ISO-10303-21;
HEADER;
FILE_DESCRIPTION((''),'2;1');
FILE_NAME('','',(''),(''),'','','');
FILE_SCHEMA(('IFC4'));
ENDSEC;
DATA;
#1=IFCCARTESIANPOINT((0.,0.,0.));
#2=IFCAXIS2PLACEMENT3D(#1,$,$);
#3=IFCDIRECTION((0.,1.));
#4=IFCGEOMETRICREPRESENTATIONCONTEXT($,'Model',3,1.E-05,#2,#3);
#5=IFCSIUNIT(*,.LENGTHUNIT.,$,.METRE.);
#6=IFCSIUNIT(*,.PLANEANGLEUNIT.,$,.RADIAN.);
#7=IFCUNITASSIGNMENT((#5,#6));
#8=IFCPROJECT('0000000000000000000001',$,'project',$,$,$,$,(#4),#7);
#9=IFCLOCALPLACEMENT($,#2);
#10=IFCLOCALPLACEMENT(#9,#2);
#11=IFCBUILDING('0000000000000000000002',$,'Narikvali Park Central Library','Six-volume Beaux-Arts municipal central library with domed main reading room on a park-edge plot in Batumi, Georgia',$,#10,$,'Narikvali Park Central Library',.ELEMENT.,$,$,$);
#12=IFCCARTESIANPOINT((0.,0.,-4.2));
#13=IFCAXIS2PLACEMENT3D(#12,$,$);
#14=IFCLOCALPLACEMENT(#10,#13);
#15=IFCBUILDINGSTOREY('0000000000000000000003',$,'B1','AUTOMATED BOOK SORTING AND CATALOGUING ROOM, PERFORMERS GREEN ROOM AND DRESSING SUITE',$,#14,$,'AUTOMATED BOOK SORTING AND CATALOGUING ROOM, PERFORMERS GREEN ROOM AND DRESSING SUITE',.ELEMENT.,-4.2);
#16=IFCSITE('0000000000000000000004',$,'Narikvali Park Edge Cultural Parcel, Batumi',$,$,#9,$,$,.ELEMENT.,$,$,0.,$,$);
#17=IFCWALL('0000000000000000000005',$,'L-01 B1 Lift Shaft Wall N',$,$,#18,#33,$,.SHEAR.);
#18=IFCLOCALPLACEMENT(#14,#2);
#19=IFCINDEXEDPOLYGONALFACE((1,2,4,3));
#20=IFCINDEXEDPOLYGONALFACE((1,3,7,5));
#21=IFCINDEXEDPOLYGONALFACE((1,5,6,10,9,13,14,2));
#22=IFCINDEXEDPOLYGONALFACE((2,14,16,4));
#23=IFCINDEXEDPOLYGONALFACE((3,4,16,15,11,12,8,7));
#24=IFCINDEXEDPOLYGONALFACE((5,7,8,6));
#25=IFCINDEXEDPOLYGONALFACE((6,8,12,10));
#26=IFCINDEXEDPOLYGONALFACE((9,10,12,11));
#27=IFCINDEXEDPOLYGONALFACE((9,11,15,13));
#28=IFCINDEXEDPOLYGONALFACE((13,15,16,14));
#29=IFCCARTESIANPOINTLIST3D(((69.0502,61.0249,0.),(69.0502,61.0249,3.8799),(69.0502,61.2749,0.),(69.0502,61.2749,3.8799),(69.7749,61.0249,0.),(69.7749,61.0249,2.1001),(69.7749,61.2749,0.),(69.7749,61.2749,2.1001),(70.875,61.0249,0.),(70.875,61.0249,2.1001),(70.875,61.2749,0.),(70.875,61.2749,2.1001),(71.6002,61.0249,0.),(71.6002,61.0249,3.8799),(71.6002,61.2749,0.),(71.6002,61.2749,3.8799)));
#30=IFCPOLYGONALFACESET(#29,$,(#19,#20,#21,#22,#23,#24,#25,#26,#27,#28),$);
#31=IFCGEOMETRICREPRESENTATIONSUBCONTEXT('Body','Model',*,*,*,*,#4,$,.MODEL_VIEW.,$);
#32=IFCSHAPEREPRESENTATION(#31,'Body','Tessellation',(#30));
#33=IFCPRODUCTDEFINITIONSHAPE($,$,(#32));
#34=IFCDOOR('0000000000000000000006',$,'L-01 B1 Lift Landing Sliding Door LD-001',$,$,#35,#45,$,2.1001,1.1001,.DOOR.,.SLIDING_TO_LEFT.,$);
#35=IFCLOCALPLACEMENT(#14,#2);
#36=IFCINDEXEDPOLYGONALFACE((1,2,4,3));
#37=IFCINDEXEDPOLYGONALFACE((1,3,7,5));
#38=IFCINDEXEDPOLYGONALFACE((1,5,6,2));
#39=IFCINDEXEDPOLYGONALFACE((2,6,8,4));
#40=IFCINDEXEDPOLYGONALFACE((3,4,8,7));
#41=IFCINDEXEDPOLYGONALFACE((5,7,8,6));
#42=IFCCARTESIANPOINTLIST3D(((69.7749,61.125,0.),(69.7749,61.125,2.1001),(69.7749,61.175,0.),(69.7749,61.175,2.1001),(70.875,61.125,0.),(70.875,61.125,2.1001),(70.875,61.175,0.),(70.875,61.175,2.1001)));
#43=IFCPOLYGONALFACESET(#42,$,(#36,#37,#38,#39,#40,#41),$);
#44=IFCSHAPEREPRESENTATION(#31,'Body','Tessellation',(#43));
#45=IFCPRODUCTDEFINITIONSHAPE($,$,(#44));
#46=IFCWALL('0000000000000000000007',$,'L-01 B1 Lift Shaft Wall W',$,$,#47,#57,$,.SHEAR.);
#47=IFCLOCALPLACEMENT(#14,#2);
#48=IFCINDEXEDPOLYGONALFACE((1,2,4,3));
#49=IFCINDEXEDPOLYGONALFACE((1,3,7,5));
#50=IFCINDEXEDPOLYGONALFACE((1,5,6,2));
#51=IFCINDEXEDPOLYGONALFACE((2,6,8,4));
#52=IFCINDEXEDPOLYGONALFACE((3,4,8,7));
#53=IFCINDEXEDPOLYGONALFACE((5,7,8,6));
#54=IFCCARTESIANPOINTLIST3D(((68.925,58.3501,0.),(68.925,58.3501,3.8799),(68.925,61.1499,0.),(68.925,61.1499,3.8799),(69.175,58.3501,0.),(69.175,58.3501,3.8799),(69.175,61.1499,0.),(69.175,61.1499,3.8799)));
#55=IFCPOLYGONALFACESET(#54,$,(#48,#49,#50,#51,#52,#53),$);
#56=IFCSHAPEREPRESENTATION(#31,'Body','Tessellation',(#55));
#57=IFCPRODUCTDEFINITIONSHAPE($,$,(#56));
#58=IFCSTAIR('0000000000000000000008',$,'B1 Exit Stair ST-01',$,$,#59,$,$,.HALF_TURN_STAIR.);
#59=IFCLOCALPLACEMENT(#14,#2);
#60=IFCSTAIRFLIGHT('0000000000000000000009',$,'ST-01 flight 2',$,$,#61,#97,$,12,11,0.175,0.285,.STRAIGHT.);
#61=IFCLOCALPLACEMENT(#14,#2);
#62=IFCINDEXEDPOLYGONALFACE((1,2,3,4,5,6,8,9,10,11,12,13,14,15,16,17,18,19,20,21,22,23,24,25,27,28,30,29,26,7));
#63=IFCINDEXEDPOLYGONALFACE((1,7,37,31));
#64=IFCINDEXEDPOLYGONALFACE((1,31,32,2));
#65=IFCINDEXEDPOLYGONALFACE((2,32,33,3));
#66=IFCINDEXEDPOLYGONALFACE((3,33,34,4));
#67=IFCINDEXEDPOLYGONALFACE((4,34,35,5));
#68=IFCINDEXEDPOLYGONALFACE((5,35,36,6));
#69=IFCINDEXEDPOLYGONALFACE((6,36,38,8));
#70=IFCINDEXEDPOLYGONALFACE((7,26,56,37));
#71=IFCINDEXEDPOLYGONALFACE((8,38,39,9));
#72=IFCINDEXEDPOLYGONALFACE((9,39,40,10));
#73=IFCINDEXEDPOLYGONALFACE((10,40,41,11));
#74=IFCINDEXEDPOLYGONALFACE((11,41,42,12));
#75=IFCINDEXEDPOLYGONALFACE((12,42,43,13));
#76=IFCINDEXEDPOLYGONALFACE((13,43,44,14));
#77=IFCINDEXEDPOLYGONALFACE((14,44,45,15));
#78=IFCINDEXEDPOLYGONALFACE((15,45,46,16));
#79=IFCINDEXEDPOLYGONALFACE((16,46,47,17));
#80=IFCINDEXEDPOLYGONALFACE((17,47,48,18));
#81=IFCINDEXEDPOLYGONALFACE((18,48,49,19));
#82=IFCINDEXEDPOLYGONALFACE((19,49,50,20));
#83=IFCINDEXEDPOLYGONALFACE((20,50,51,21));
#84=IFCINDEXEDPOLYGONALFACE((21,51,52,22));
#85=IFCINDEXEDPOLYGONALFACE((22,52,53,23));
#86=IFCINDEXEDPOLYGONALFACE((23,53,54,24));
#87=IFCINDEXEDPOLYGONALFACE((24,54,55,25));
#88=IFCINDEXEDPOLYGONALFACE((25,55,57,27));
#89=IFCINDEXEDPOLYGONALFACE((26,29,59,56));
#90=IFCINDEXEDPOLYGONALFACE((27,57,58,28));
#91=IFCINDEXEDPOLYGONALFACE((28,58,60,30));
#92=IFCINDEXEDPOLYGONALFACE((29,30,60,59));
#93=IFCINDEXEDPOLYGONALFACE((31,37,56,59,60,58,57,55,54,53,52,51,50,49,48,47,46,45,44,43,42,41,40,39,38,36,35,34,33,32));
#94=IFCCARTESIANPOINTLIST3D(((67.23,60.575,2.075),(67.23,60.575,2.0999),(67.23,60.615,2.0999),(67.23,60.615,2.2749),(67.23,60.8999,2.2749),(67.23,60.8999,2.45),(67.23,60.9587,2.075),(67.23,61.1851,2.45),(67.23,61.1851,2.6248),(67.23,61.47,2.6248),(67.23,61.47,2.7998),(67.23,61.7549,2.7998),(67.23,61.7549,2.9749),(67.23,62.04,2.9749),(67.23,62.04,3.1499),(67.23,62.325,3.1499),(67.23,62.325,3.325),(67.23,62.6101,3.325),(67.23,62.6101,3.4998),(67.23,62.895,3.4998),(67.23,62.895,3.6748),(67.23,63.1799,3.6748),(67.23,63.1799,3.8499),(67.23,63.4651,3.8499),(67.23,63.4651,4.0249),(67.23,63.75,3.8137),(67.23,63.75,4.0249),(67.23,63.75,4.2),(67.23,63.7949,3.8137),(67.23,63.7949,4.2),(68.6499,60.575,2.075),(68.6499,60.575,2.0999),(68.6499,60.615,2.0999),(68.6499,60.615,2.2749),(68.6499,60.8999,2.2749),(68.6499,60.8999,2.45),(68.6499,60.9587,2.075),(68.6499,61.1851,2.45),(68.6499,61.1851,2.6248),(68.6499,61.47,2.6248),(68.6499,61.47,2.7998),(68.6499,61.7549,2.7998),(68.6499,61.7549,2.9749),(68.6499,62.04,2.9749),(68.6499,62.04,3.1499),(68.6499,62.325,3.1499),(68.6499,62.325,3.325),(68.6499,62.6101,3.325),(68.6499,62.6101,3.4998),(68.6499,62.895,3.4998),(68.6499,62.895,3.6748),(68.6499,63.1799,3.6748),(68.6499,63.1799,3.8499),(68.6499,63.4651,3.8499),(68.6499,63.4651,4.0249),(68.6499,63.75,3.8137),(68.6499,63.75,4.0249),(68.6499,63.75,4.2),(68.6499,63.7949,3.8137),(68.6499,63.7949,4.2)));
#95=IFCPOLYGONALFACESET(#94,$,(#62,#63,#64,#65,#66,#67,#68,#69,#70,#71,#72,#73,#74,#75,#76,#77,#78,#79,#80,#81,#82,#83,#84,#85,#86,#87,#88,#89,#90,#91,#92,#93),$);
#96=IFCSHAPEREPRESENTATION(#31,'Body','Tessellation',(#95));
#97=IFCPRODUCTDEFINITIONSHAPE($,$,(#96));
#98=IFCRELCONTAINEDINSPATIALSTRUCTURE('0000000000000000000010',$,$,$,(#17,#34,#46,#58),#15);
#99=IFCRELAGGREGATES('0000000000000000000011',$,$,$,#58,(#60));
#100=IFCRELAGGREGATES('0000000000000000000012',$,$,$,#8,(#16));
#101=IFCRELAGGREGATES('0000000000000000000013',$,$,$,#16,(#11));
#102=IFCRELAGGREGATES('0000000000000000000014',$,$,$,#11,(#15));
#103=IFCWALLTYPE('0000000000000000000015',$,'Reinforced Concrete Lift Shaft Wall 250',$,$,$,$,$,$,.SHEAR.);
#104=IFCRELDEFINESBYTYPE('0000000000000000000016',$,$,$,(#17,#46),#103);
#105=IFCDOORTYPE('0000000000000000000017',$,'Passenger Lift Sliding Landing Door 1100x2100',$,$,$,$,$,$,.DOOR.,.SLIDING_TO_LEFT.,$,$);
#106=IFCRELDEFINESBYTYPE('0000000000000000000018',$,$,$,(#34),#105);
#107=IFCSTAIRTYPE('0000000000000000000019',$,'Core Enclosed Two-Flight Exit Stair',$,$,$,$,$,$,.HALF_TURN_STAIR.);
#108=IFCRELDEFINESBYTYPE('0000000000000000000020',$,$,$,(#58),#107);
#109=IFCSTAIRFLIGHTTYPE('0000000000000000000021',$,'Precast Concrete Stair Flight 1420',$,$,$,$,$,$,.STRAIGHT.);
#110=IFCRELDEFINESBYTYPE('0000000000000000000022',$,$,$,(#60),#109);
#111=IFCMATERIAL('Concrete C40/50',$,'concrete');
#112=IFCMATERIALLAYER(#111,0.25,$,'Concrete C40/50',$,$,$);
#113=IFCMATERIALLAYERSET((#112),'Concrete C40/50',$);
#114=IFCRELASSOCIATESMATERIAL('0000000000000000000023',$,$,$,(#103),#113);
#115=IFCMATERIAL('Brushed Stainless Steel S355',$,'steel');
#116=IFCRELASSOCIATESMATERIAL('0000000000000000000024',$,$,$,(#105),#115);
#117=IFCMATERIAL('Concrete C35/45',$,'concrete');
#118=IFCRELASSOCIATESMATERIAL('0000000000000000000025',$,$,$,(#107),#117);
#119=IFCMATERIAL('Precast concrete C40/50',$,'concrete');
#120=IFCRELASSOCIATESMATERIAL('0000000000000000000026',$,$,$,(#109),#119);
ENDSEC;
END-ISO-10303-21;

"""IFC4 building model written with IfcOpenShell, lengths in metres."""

from ifc_helpers import new_model, si_unit, direction, frame, frame_2d, origin, place, context, subcontext, project, spatial, polyline, rectangle, outline, extrude, material, layer, layer_set, type_object, element, fill, aggregate, save


model = new_model("IFC4")

# Units and contexts
model_context = context("Model", 3, precision=1e-05, world=origin(), true_north=direction((0.0, 1.0)))
body_context = subcontext(model_context, "Body", "Model", "MODEL_VIEW")
ifc_project = project(units=[si_unit("LENGTHUNIT", "METRE"), si_unit("PLANEANGLEUNIT", "RADIAN")], contexts=[model_context])

# Site, building, storey
site_placement = place(None, origin())
site = spatial("IfcSite", under=ifc_project, at=site_placement, Name="Narikvali Park Edge Cultural Parcel, Batumi", CompositionType="ELEMENT", RefElevation=0.0)
building_placement = place(site_placement, origin())
building = spatial("IfcBuilding", under=site, at=building_placement, Name="Narikvali Park Central Library", Description="Six-volume Beaux-Arts municipal central library with domed main reading room on a park-edge plot in Batumi, Georgia", LongName="Narikvali Park Central Library", CompositionType="ELEMENT")
storey_placement = place(building_placement, frame((0.0, 0.0, -4.2)))
storey = spatial("IfcBuildingStorey", under=building, at=storey_placement, Name="B1", Description="AUTOMATED BOOK SORTING AND CATALOGUING ROOM, PERFORMERS GREEN ROOM AND DRESSING SUITE", LongName="AUTOMATED BOOK SORTING AND CATALOGUING ROOM, PERFORMERS GREEN ROOM AND DRESSING SUITE", CompositionType="ELEMENT", Elevation=-4.2)

# Shared definitions
ifc_material_1 = material(Name="Concrete C35/45", Category="concrete")

# Shared definitions
ifc_material_2 = material(Name="Concrete C40/50", Category="concrete")

# Shared definitions
ifc_layer_1 = layer(ifc_material_2, 0.25, Name="Concrete C40/50")
ifc_layer_set_1 = layer_set([ifc_layer_1], Name="Concrete C40/50")
wall_type_1 = type_object("IfcWallType", Name="Reinforced Concrete Lift Shaft Wall 250", PredefinedType="SHEAR", material=ifc_layer_set_1)

# Wall, opening, door
wall_1_placement = place(storey_placement, frame((71.6001, 61.1499, 0.0), z_axis=(0.0, 0.0, 1.0), x_axis=(-1.0, 0.0, 0.0)))
wall_1 = element("IfcWall", 1, at=wall_1_placement, inside=storey, type_object=wall_type_1, Name="L-01 B1 Lift Shaft Wall N", PredefinedType="SHEAR", context=body_context, shape_type="SweptSolid", body=[
    extrude(rectangle(XDim=2.55, YDim=0.25, at=frame_2d((1.2749, 0.0))), origin(), (0.0, 0.0, 1.0), 3.8799),
])
opening_1_placement = place(wall_1_placement, frame((0.7251, 0.0, 0.0)))
opening_1 = element("IfcOpeningElement", 2, at=opening_1_placement, cuts=wall_1, PredefinedType="OPENING", context=body_context, shape_type="SweptSolid", body=[
    extrude(rectangle(XDim=1.1001, YDim=2.1001, at=frame_2d((0.55, 1.05))), frame((0.0, 0.137, 0.0), z_axis=(0.0, -1.0, 0.0), x_axis=(1.0, 0.0, 0.0)), (0.0, 0.0, 1.0), 0.2739),
])
ifc_material_3 = material(Name="Brushed Stainless Steel S355", Category="steel")
door_type_1 = type_object("IfcDoorType", Name="Passenger Lift Sliding Landing Door 1100x2100", OperationType="SLIDING_TO_LEFT", PredefinedType="DOOR", material=ifc_material_3)
door_1_placement = place(opening_1_placement, origin())
door_1 = element("IfcDoor", 3, at=door_1_placement, inside=storey, type_object=door_type_1, Name="L-01 B1 Lift Landing Sliding Door LD-001", OperationType="SLIDING_TO_LEFT", OverallHeight=2.1001, OverallWidth=1.1001, PredefinedType="DOOR", context=body_context, shape_type="SweptSolid", body=[
    extrude(rectangle(XDim=1.1001, YDim=2.1001, at=frame_2d((0.55, 1.05))), frame((0.0, 0.0249, 0.0), z_axis=(0.0, -1.0, 0.0), x_axis=(1.0, 0.0, 0.0)), (0.0, 0.0, 1.0), 0.05),
])
fill(opening_1, door_1)

# Wall
wall_2_placement = place(storey_placement, frame((69.05, 61.1499, 0.0), z_axis=(0.0, 0.0, 1.0), x_axis=(0.0, -1.0, 0.0)))
element("IfcWall", 4, at=wall_2_placement, inside=storey, type_object=wall_type_1, Name="L-01 B1 Lift Shaft Wall W", PredefinedType="SHEAR", context=body_context, shape_type="SweptSolid", body=[
    extrude(rectangle(XDim=2.7998, YDim=0.25, at=frame_2d((1.3999, 0.0))), origin(), (0.0, 0.0, 1.0), 3.8799),
])

# Stair, stair flight
stair_type = type_object("IfcStairType", Name="Core Enclosed Two-Flight Exit Stair", PredefinedType="HALF_TURN_STAIR", material=ifc_material_1)
stair_placement = place(storey_placement, origin())
stair = element("IfcStair", 5, at=stair_placement, inside=storey, type_object=stair_type, Name="B1 Exit Stair ST-01", PredefinedType="HALF_TURN_STAIR")
ifc_material_4 = material(Name="Precast concrete C40/50", Category="concrete")
stair_flight_type = type_object("IfcStairFlightType", Name="Precast Concrete Stair Flight 1420", PredefinedType="STRAIGHT", material=ifc_material_4)
stair_flight_placement = place(storey_placement, frame((67.9399, 60.615, 2.0999), z_axis=(0.0, 0.0, 1.0), x_axis=(0.0, 1.0, 0.0)))
stair_flight = element("IfcStairFlight", 6, at=stair_flight_placement, type_object=stair_flight_type, Name="ST-01 flight 2", NumberOfRisers=12, NumberOfTreads=11, PredefinedType="STRAIGHT", RiserHeight=0.175, TreadLength=0.285, context=body_context, shape_type="SweptSolid", body=[
    extrude(outline(polyline([(-0.04, -0.0249), (-0.04, 0.0), (0.0, 0.0), (0.0, 0.175), (0.2849, 0.175), (0.2849, 0.3501), (0.5701, 0.3501), (0.5701, 0.5249), (0.855, 0.5249), (0.855, 0.7), (1.1399, 0.7), (1.1399, 0.875), (1.425, 0.875), (1.425, 1.05), (1.71, 1.05), (1.71, 1.2251), (1.9951, 1.2251), (1.9951, 1.3999), (2.28, 1.3999), (2.28, 1.575), (2.5649, 1.575), (2.5649, 1.75), (2.8501, 1.75), (2.8501, 1.925), (3.135, 1.925), (3.135, 2.1001), (3.1799, 2.1001), (3.1799, 1.7139), (3.135, 1.7139), (0.3438, -0.0249), (-0.04, -0.0249)])), frame((0.0, 0.71, 0.0), z_axis=(0.0, -1.0, 0.0), x_axis=(1.0, 0.0, 0.0)), (0.0, 0.0, 1.0), 1.4199),
])
aggregate(stair, [stair_flight])

save(model, "model.ifc")
